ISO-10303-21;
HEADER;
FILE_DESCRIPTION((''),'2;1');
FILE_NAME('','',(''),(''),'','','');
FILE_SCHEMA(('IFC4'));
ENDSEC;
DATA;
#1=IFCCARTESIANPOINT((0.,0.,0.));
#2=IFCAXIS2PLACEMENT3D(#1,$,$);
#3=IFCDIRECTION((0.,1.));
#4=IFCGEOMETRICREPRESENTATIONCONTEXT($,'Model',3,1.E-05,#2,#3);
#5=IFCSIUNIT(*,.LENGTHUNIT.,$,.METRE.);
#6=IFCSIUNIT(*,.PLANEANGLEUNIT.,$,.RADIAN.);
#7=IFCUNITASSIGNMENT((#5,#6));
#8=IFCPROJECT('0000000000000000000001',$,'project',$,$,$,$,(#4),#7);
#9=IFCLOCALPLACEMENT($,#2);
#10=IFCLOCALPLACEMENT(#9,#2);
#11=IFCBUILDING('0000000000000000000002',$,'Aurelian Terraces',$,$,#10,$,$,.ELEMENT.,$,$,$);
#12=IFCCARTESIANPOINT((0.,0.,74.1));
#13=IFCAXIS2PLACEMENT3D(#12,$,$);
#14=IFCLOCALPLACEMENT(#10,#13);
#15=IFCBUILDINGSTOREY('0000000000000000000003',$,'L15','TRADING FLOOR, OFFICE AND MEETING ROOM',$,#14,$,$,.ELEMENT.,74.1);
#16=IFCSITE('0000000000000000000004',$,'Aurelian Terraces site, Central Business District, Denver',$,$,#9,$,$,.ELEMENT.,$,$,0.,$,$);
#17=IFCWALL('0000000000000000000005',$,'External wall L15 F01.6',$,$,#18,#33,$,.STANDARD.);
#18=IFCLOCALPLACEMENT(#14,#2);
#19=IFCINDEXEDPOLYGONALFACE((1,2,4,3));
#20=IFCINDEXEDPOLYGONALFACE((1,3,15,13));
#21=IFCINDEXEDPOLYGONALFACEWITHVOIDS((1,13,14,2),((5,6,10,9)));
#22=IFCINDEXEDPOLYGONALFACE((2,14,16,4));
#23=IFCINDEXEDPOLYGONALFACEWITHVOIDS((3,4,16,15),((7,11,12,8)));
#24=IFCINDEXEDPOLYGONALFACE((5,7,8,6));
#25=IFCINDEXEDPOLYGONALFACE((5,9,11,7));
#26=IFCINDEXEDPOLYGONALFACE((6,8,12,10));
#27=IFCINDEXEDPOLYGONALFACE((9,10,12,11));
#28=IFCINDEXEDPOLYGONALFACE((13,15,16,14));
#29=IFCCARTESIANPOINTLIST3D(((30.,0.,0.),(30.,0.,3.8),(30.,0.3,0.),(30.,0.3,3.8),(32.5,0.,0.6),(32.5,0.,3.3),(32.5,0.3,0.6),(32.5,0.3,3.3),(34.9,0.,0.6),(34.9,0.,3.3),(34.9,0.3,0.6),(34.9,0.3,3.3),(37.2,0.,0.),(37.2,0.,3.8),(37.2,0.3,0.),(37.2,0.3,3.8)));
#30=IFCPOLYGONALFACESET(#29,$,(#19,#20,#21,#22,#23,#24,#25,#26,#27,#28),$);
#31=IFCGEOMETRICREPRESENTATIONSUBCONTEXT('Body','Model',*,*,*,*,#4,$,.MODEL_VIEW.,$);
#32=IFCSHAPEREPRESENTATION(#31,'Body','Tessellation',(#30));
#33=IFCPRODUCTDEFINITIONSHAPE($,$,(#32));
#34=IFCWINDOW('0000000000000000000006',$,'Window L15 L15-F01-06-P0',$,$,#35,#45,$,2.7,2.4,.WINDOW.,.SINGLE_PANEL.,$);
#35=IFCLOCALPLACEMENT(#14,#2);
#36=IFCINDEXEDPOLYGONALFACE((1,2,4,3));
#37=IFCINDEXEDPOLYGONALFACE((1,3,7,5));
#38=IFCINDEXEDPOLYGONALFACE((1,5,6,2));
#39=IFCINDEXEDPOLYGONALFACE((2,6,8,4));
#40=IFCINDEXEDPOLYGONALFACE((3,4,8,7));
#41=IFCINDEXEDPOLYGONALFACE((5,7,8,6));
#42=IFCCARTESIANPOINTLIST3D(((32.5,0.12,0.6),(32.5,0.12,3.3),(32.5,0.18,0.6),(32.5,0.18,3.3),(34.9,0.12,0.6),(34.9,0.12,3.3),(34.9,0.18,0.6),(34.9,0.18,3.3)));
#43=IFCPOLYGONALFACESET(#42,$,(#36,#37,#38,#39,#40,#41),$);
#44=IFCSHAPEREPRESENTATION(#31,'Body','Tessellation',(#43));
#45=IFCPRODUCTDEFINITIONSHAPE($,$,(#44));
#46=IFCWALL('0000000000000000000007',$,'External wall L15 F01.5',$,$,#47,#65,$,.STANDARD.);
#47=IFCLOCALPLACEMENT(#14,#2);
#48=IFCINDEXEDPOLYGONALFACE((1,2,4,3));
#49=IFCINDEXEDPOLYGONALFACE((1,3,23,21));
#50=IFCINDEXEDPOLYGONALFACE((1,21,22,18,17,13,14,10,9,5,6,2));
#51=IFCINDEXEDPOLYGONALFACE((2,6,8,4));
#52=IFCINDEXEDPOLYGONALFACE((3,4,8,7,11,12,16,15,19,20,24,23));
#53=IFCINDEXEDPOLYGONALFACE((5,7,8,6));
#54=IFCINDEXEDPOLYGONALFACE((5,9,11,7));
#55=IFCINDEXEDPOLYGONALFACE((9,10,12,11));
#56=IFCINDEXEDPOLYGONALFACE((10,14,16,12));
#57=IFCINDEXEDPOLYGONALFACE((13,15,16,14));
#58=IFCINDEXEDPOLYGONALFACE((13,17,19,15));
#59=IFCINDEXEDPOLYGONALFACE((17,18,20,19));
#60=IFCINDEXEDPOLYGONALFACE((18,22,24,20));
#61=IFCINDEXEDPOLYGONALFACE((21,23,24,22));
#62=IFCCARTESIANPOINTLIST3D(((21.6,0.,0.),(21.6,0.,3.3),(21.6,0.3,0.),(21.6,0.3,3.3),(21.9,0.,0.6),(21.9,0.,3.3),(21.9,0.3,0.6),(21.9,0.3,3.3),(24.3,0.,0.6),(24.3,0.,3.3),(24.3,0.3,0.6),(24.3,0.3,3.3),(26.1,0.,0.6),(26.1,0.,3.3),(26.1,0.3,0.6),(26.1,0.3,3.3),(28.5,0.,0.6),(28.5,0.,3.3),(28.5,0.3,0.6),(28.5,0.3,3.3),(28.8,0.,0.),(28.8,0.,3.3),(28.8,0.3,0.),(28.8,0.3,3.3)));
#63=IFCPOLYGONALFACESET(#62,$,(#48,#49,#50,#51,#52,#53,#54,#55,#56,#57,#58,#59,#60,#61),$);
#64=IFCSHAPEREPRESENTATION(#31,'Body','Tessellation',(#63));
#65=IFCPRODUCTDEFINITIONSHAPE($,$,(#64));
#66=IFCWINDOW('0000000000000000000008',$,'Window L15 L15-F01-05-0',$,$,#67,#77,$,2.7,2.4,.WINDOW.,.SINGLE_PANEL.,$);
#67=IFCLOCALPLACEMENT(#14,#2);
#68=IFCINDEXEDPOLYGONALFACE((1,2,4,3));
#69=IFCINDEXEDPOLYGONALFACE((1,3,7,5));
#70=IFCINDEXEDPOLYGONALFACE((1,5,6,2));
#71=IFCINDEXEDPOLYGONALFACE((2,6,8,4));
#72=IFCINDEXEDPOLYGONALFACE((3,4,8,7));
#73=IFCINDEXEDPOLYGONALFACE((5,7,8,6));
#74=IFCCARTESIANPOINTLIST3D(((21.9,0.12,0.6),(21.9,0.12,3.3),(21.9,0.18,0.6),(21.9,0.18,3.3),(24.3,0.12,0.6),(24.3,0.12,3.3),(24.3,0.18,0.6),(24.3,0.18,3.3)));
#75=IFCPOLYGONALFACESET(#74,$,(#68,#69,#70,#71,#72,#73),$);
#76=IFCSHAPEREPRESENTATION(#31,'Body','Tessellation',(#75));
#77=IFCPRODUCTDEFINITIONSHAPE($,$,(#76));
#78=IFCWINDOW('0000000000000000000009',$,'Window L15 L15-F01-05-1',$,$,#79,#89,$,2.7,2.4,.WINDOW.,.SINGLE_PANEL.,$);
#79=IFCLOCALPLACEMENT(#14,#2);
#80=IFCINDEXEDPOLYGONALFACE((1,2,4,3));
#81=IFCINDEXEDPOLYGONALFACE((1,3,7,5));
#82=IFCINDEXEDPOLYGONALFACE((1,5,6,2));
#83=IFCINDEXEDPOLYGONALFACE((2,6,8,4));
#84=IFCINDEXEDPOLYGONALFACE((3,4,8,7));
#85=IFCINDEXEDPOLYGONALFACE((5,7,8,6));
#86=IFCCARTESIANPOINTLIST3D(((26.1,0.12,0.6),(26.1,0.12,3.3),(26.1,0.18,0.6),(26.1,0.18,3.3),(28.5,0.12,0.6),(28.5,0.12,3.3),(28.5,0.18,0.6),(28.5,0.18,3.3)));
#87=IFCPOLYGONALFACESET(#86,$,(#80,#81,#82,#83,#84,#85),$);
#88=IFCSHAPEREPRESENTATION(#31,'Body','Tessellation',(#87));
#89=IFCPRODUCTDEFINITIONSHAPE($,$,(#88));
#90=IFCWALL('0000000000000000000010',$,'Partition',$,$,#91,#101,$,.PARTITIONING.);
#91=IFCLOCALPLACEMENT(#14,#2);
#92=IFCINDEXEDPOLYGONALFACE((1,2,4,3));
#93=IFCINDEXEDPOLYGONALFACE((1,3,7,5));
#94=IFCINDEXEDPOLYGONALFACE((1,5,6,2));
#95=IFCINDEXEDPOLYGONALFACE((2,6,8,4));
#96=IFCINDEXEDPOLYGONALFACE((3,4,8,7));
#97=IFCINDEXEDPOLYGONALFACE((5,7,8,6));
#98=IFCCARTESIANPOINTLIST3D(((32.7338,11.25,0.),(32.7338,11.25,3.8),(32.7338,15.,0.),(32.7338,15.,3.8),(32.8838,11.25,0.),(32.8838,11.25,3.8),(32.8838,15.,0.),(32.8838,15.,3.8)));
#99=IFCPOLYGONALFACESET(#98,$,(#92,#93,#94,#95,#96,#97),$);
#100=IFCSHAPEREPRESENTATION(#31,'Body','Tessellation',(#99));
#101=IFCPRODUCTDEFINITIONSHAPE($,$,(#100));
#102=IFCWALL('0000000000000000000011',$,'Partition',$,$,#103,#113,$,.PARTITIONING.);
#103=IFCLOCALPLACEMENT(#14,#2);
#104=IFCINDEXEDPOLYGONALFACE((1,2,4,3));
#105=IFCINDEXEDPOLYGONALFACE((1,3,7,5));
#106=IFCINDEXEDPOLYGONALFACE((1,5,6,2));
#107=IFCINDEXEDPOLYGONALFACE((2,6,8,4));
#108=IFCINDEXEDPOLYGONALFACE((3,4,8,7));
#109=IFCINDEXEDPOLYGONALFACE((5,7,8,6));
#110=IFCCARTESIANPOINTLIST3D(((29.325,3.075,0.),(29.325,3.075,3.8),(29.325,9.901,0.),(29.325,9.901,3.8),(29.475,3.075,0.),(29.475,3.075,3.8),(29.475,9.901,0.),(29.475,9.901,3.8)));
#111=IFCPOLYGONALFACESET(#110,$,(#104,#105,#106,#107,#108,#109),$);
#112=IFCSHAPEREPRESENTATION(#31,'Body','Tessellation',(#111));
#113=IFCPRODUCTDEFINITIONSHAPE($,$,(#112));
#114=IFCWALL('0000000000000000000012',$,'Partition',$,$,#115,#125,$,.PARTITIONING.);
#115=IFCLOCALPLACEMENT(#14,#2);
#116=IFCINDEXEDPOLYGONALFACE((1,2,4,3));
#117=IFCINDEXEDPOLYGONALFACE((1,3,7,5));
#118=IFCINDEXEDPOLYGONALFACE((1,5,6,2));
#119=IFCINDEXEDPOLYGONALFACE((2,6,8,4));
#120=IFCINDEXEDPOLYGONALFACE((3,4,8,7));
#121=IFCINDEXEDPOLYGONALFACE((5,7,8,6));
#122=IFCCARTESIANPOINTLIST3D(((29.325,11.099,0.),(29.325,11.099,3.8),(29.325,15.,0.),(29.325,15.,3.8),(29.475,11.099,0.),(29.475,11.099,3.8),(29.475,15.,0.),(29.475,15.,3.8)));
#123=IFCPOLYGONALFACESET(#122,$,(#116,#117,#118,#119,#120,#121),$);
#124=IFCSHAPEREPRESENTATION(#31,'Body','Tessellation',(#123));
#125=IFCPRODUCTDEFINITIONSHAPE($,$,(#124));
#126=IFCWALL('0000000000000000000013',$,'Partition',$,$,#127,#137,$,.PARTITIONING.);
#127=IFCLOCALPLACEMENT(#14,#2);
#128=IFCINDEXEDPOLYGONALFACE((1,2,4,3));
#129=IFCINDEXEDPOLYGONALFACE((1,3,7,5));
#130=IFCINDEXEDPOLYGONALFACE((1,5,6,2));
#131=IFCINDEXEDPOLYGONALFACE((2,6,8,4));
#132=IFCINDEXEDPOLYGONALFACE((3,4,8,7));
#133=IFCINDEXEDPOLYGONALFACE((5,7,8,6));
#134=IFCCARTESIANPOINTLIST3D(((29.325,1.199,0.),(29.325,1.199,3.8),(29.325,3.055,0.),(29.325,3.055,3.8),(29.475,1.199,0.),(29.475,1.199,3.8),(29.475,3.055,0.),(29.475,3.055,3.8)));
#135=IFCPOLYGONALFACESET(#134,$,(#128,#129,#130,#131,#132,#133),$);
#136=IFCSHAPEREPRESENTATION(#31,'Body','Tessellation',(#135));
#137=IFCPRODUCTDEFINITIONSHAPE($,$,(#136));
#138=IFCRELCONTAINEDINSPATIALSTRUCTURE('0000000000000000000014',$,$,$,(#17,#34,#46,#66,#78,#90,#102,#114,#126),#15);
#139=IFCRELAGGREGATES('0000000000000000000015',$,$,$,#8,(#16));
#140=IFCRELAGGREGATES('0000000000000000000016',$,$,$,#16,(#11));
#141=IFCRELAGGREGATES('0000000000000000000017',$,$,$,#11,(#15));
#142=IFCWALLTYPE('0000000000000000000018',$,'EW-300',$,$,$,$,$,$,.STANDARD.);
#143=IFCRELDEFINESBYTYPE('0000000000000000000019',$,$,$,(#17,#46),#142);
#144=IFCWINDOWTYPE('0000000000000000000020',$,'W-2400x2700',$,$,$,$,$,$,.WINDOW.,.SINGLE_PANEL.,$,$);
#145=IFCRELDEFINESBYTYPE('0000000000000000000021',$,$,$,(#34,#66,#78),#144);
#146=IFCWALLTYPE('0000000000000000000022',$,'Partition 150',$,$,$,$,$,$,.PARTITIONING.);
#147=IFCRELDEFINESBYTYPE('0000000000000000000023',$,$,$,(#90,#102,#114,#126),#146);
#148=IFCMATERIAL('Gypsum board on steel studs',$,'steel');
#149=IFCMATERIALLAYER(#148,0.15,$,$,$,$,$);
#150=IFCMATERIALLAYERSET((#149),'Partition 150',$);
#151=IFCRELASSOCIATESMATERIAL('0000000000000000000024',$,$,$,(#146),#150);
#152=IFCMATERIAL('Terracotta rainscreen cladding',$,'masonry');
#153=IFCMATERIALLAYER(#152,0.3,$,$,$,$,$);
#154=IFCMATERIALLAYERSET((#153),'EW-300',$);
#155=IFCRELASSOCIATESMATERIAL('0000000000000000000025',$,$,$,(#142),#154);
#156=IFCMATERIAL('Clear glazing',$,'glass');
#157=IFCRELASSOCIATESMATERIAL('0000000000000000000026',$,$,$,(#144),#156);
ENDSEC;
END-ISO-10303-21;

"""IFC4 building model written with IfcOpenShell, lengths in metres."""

from ifc_helpers import new_model, si_unit, direction, frame, frame_2d, origin, place, context, subcontext, project, spatial, rectangle, extrude, source, transform, mapped, material, layer, layer_set, type_object, element, fill, save


model = new_model("IFC4")

# Units and contexts
model_context = context("Model", 3, precision=1e-05, world=origin(), true_north=direction((0.0, 1.0)))
body_context = subcontext(model_context, "Body", "Model", "MODEL_VIEW")
ifc_project = project(units=[si_unit("LENGTHUNIT", "METRE"), si_unit("PLANEANGLEUNIT", "RADIAN")], contexts=[model_context])

# Site, building, storey
site_placement = place(None, origin())
site = spatial("IfcSite", under=ifc_project, at=site_placement, Name="Aurelian Terraces site, Central Business District, Denver", CompositionType="ELEMENT", RefElevation=0.0)
building_placement = place(site_placement, origin())
building = spatial("IfcBuilding", under=site, at=building_placement, Name="Aurelian Terraces", CompositionType="ELEMENT")
storey_placement = place(building_placement, frame((0.0, 0.0, 74.1)))
storey = spatial("IfcBuildingStorey", under=building, at=storey_placement, Name="L15", Description="TRADING FLOOR, OFFICE AND MEETING ROOM", CompositionType="ELEMENT", Elevation=74.1)

# Shared definitions
ifc_material_1 = material(Name="Gypsum board on steel studs", Category="steel")
ifc_layer_1 = layer(ifc_material_1, 0.15)
ifc_layer_set_1 = layer_set([ifc_layer_1], Name="Partition 150")
wall_type_1 = type_object("IfcWallType", Name="Partition 150", PredefinedType="PARTITIONING", material=ifc_layer_set_1)

# Wall, opening, window
ifc_material_2 = material(Name="Terracotta rainscreen cladding", Category="masonry")
ifc_layer_2 = layer(ifc_material_2, 0.3)
ifc_layer_set_2 = layer_set([ifc_layer_2], Name="EW-300")
wall_type_2 = type_object("IfcWallType", Name="EW-300", PredefinedType="STANDARD", material=ifc_layer_set_2)
shared_shape_1 = source(origin(), body_context, "Body", "SweptSolid", [
    extrude(rectangle(XDim=7.2, YDim=0.3, at=frame_2d((3.6, 0.0))), origin(), (0.0, 0.0, 1.0), 3.8),
])
wall_1_placement = place(storey_placement, frame((30.0, 0.15, 0.0), z_axis=(0.0, 0.0, 1.0), x_axis=(1.0, 0.0, 0.0)))
wall_1 = element("IfcWall", 1, at=wall_1_placement, inside=storey, type_object=wall_type_2, Name="External wall L15 F01.6", PredefinedType="STANDARD", context=body_context, shape_type="MappedRepresentation", body=[
    mapped(shared_shape_1, transform((0.0, 0.0, 0.0), scale=1.0)),
])
shared_shape_2 = source(origin(), body_context, "Body", "SweptSolid", [
    extrude(rectangle(XDim=2.4, YDim=2.7, at=frame_2d((1.2, 1.35))), frame((0.0, 0.16, 0.0), z_axis=(0.0, -1.0, 0.0), x_axis=(1.0, 0.0, 0.0)), (0.0, 0.0, 1.0), 0.32),
])
opening_1_placement = place(wall_1_placement, frame((2.5, 0.0, 0.6)))
opening_1 = element("IfcOpeningElement", 2, at=opening_1_placement, cuts=wall_1, PredefinedType="OPENING", context=body_context, shape_type="MappedRepresentation", body=[
    mapped(shared_shape_2, transform((0.0, 0.0, 0.0), scale=1.0)),
])
ifc_material_3 = material(Name="Clear glazing", Category="glass")
window_type = type_object("IfcWindowType", Name="W-2400x2700", PartitioningType="SINGLE_PANEL", PredefinedType="WINDOW", material=ifc_material_3)
shared_shape_3 = source(origin(), body_context, "Body", "SweptSolid", [
    extrude(rectangle(XDim=2.4, YDim=2.7, at=frame_2d((1.2, 1.35))), frame((0.0, 0.03, 0.0), z_axis=(0.0, -1.0, 0.0), x_axis=(1.0, 0.0, 0.0)), (0.0, 0.0, 1.0), 0.06),
])
window_1_placement = place(opening_1_placement, origin())
window_1 = element("IfcWindow", 3, at=window_1_placement, inside=storey, type_object=window_type, Name="Window L15 L15-F01-06-P0", OverallHeight=2.7, OverallWidth=2.4, PartitioningType="SINGLE_PANEL", PredefinedType="WINDOW", context=body_context, shape_type="MappedRepresentation", body=[
    mapped(shared_shape_3, transform((0.0, 0.0, 0.0), scale=1.0)),
])
fill(opening_1, window_1)

# Wall, openings, windows
shared_shape_4 = source(origin(), body_context, "Body", "SweptSolid", [
    extrude(rectangle(XDim=7.2, YDim=0.3, at=frame_2d((3.6, 0.0))), origin(), (0.0, 0.0, 1.0), 3.3),
])
wall_2_placement = place(storey_placement, frame((21.6, 0.15, 0.0), z_axis=(0.0, 0.0, 1.0), x_axis=(1.0, 0.0, 0.0)))
wall_2 = element("IfcWall", 4, at=wall_2_placement, inside=storey, type_object=wall_type_2, Name="External wall L15 F01.5", PredefinedType="STANDARD", context=body_context, shape_type="MappedRepresentation", body=[
    mapped(shared_shape_4, transform((0.0, 0.0, 0.0), scale=1.0)),
])
opening_2_placement = place(wall_2_placement, frame((0.3, 0.0, 0.6)))
opening_2 = element("IfcOpeningElement", 5, at=opening_2_placement, cuts=wall_2, PredefinedType="OPENING", context=body_context, shape_type="MappedRepresentation", body=[
    mapped(shared_shape_2, transform((0.0, 0.0, 0.0), scale=1.0)),
])
opening_3_placement = place(wall_2_placement, frame((4.5, 0.0, 0.6)))
opening_3 = element("IfcOpeningElement", 6, at=opening_3_placement, cuts=wall_2, PredefinedType="OPENING", context=body_context, shape_type="MappedRepresentation", body=[
    mapped(shared_shape_2, transform((0.0, 0.0, 0.0), scale=1.0)),
])
window_2_placement = place(opening_2_placement, origin())
window_2 = element("IfcWindow", 7, at=window_2_placement, inside=storey, type_object=window_type, Name="Window L15 L15-F01-05-0", OverallHeight=2.7, OverallWidth=2.4, PartitioningType="SINGLE_PANEL", PredefinedType="WINDOW", context=body_context, shape_type="MappedRepresentation", body=[
    mapped(shared_shape_3, transform((0.0, 0.0, 0.0), scale=1.0)),
])
fill(opening_2, window_2)
window_3_placement = place(opening_3_placement, origin())
window_3 = element("IfcWindow", 8, at=window_3_placement, inside=storey, type_object=window_type, Name="Window L15 L15-F01-05-1", OverallHeight=2.7, OverallWidth=2.4, PartitioningType="SINGLE_PANEL", PredefinedType="WINDOW", context=body_context, shape_type="MappedRepresentation", body=[
    mapped(shared_shape_3, transform((0.0, 0.0, 0.0), scale=1.0)),
])
fill(opening_3, window_3)

# Walls
shared_shape_5 = source(origin(), body_context, "Body", "SweptSolid", [
    extrude(rectangle(XDim=3.75, YDim=0.15, at=frame_2d((1.875, 0.0))), origin(), (0.0, 0.0, 1.0), 3.8),
])
wall_3_placement = place(storey_placement, frame((32.8088, 11.25, 0.0), z_axis=(0.0, 0.0, 1.0), x_axis=(0.0, 1.0, 0.0)))
element("IfcWall", 9, at=wall_3_placement, inside=storey, type_object=wall_type_1, Name="Partition", PredefinedType="PARTITIONING", context=body_context, shape_type="MappedRepresentation", body=[
    mapped(shared_shape_5, transform((0.0, 0.0, 0.0), scale=1.0)),
])
shared_shape_6 = source(origin(), body_context, "Body", "SweptSolid", [
    extrude(rectangle(XDim=6.826, YDim=0.15, at=frame_2d((3.413, 0.0))), origin(), (0.0, 0.0, 1.0), 3.8),
])
wall_4_placement = place(storey_placement, frame((29.4, 3.075, 0.0), z_axis=(0.0, 0.0, 1.0), x_axis=(0.0, 1.0, 0.0)))
element("IfcWall", 10, at=wall_4_placement, inside=storey, type_object=wall_type_1, Name="Partition", PredefinedType="PARTITIONING", context=body_context, shape_type="MappedRepresentation", body=[
    mapped(shared_shape_6, transform((0.0, 0.0, 0.0), scale=1.0)),
])
shared_shape_7 = source(origin(), body_context, "Body", "SweptSolid", [
    extrude(rectangle(XDim=3.901, YDim=0.15, at=frame_2d((1.9505, 0.0))), origin(), (0.0, 0.0, 1.0), 3.8),
])
wall_5_placement = place(storey_placement, frame((29.4, 11.099, 0.0), z_axis=(0.0, 0.0, 1.0), x_axis=(0.0, 1.0, 0.0)))
element("IfcWall", 11, at=wall_5_placement, inside=storey, type_object=wall_type_1, Name="Partition", PredefinedType="PARTITIONING", context=body_context, shape_type="MappedRepresentation", body=[
    mapped(shared_shape_7, transform((0.0, 0.0, 0.0), scale=1.0)),
])
shared_shape_8 = source(origin(), body_context, "Body", "SweptSolid", [
    extrude(rectangle(XDim=1.856, YDim=0.15, at=frame_2d((0.928, 0.0))), origin(), (0.0, 0.0, 1.0), 3.8),
])
wall_6_placement = place(storey_placement, frame((29.4, 1.199, 0.0), z_axis=(0.0, 0.0, 1.0), x_axis=(0.0, 1.0, 0.0)))
element("IfcWall", 12, at=wall_6_placement, inside=storey, type_object=wall_type_1, Name="Partition", PredefinedType="PARTITIONING", context=body_context, shape_type="MappedRepresentation", body=[
    mapped(shared_shape_8, transform((0.0, 0.0, 0.0), scale=1.0)),
])

save(model, "model.ifc")
